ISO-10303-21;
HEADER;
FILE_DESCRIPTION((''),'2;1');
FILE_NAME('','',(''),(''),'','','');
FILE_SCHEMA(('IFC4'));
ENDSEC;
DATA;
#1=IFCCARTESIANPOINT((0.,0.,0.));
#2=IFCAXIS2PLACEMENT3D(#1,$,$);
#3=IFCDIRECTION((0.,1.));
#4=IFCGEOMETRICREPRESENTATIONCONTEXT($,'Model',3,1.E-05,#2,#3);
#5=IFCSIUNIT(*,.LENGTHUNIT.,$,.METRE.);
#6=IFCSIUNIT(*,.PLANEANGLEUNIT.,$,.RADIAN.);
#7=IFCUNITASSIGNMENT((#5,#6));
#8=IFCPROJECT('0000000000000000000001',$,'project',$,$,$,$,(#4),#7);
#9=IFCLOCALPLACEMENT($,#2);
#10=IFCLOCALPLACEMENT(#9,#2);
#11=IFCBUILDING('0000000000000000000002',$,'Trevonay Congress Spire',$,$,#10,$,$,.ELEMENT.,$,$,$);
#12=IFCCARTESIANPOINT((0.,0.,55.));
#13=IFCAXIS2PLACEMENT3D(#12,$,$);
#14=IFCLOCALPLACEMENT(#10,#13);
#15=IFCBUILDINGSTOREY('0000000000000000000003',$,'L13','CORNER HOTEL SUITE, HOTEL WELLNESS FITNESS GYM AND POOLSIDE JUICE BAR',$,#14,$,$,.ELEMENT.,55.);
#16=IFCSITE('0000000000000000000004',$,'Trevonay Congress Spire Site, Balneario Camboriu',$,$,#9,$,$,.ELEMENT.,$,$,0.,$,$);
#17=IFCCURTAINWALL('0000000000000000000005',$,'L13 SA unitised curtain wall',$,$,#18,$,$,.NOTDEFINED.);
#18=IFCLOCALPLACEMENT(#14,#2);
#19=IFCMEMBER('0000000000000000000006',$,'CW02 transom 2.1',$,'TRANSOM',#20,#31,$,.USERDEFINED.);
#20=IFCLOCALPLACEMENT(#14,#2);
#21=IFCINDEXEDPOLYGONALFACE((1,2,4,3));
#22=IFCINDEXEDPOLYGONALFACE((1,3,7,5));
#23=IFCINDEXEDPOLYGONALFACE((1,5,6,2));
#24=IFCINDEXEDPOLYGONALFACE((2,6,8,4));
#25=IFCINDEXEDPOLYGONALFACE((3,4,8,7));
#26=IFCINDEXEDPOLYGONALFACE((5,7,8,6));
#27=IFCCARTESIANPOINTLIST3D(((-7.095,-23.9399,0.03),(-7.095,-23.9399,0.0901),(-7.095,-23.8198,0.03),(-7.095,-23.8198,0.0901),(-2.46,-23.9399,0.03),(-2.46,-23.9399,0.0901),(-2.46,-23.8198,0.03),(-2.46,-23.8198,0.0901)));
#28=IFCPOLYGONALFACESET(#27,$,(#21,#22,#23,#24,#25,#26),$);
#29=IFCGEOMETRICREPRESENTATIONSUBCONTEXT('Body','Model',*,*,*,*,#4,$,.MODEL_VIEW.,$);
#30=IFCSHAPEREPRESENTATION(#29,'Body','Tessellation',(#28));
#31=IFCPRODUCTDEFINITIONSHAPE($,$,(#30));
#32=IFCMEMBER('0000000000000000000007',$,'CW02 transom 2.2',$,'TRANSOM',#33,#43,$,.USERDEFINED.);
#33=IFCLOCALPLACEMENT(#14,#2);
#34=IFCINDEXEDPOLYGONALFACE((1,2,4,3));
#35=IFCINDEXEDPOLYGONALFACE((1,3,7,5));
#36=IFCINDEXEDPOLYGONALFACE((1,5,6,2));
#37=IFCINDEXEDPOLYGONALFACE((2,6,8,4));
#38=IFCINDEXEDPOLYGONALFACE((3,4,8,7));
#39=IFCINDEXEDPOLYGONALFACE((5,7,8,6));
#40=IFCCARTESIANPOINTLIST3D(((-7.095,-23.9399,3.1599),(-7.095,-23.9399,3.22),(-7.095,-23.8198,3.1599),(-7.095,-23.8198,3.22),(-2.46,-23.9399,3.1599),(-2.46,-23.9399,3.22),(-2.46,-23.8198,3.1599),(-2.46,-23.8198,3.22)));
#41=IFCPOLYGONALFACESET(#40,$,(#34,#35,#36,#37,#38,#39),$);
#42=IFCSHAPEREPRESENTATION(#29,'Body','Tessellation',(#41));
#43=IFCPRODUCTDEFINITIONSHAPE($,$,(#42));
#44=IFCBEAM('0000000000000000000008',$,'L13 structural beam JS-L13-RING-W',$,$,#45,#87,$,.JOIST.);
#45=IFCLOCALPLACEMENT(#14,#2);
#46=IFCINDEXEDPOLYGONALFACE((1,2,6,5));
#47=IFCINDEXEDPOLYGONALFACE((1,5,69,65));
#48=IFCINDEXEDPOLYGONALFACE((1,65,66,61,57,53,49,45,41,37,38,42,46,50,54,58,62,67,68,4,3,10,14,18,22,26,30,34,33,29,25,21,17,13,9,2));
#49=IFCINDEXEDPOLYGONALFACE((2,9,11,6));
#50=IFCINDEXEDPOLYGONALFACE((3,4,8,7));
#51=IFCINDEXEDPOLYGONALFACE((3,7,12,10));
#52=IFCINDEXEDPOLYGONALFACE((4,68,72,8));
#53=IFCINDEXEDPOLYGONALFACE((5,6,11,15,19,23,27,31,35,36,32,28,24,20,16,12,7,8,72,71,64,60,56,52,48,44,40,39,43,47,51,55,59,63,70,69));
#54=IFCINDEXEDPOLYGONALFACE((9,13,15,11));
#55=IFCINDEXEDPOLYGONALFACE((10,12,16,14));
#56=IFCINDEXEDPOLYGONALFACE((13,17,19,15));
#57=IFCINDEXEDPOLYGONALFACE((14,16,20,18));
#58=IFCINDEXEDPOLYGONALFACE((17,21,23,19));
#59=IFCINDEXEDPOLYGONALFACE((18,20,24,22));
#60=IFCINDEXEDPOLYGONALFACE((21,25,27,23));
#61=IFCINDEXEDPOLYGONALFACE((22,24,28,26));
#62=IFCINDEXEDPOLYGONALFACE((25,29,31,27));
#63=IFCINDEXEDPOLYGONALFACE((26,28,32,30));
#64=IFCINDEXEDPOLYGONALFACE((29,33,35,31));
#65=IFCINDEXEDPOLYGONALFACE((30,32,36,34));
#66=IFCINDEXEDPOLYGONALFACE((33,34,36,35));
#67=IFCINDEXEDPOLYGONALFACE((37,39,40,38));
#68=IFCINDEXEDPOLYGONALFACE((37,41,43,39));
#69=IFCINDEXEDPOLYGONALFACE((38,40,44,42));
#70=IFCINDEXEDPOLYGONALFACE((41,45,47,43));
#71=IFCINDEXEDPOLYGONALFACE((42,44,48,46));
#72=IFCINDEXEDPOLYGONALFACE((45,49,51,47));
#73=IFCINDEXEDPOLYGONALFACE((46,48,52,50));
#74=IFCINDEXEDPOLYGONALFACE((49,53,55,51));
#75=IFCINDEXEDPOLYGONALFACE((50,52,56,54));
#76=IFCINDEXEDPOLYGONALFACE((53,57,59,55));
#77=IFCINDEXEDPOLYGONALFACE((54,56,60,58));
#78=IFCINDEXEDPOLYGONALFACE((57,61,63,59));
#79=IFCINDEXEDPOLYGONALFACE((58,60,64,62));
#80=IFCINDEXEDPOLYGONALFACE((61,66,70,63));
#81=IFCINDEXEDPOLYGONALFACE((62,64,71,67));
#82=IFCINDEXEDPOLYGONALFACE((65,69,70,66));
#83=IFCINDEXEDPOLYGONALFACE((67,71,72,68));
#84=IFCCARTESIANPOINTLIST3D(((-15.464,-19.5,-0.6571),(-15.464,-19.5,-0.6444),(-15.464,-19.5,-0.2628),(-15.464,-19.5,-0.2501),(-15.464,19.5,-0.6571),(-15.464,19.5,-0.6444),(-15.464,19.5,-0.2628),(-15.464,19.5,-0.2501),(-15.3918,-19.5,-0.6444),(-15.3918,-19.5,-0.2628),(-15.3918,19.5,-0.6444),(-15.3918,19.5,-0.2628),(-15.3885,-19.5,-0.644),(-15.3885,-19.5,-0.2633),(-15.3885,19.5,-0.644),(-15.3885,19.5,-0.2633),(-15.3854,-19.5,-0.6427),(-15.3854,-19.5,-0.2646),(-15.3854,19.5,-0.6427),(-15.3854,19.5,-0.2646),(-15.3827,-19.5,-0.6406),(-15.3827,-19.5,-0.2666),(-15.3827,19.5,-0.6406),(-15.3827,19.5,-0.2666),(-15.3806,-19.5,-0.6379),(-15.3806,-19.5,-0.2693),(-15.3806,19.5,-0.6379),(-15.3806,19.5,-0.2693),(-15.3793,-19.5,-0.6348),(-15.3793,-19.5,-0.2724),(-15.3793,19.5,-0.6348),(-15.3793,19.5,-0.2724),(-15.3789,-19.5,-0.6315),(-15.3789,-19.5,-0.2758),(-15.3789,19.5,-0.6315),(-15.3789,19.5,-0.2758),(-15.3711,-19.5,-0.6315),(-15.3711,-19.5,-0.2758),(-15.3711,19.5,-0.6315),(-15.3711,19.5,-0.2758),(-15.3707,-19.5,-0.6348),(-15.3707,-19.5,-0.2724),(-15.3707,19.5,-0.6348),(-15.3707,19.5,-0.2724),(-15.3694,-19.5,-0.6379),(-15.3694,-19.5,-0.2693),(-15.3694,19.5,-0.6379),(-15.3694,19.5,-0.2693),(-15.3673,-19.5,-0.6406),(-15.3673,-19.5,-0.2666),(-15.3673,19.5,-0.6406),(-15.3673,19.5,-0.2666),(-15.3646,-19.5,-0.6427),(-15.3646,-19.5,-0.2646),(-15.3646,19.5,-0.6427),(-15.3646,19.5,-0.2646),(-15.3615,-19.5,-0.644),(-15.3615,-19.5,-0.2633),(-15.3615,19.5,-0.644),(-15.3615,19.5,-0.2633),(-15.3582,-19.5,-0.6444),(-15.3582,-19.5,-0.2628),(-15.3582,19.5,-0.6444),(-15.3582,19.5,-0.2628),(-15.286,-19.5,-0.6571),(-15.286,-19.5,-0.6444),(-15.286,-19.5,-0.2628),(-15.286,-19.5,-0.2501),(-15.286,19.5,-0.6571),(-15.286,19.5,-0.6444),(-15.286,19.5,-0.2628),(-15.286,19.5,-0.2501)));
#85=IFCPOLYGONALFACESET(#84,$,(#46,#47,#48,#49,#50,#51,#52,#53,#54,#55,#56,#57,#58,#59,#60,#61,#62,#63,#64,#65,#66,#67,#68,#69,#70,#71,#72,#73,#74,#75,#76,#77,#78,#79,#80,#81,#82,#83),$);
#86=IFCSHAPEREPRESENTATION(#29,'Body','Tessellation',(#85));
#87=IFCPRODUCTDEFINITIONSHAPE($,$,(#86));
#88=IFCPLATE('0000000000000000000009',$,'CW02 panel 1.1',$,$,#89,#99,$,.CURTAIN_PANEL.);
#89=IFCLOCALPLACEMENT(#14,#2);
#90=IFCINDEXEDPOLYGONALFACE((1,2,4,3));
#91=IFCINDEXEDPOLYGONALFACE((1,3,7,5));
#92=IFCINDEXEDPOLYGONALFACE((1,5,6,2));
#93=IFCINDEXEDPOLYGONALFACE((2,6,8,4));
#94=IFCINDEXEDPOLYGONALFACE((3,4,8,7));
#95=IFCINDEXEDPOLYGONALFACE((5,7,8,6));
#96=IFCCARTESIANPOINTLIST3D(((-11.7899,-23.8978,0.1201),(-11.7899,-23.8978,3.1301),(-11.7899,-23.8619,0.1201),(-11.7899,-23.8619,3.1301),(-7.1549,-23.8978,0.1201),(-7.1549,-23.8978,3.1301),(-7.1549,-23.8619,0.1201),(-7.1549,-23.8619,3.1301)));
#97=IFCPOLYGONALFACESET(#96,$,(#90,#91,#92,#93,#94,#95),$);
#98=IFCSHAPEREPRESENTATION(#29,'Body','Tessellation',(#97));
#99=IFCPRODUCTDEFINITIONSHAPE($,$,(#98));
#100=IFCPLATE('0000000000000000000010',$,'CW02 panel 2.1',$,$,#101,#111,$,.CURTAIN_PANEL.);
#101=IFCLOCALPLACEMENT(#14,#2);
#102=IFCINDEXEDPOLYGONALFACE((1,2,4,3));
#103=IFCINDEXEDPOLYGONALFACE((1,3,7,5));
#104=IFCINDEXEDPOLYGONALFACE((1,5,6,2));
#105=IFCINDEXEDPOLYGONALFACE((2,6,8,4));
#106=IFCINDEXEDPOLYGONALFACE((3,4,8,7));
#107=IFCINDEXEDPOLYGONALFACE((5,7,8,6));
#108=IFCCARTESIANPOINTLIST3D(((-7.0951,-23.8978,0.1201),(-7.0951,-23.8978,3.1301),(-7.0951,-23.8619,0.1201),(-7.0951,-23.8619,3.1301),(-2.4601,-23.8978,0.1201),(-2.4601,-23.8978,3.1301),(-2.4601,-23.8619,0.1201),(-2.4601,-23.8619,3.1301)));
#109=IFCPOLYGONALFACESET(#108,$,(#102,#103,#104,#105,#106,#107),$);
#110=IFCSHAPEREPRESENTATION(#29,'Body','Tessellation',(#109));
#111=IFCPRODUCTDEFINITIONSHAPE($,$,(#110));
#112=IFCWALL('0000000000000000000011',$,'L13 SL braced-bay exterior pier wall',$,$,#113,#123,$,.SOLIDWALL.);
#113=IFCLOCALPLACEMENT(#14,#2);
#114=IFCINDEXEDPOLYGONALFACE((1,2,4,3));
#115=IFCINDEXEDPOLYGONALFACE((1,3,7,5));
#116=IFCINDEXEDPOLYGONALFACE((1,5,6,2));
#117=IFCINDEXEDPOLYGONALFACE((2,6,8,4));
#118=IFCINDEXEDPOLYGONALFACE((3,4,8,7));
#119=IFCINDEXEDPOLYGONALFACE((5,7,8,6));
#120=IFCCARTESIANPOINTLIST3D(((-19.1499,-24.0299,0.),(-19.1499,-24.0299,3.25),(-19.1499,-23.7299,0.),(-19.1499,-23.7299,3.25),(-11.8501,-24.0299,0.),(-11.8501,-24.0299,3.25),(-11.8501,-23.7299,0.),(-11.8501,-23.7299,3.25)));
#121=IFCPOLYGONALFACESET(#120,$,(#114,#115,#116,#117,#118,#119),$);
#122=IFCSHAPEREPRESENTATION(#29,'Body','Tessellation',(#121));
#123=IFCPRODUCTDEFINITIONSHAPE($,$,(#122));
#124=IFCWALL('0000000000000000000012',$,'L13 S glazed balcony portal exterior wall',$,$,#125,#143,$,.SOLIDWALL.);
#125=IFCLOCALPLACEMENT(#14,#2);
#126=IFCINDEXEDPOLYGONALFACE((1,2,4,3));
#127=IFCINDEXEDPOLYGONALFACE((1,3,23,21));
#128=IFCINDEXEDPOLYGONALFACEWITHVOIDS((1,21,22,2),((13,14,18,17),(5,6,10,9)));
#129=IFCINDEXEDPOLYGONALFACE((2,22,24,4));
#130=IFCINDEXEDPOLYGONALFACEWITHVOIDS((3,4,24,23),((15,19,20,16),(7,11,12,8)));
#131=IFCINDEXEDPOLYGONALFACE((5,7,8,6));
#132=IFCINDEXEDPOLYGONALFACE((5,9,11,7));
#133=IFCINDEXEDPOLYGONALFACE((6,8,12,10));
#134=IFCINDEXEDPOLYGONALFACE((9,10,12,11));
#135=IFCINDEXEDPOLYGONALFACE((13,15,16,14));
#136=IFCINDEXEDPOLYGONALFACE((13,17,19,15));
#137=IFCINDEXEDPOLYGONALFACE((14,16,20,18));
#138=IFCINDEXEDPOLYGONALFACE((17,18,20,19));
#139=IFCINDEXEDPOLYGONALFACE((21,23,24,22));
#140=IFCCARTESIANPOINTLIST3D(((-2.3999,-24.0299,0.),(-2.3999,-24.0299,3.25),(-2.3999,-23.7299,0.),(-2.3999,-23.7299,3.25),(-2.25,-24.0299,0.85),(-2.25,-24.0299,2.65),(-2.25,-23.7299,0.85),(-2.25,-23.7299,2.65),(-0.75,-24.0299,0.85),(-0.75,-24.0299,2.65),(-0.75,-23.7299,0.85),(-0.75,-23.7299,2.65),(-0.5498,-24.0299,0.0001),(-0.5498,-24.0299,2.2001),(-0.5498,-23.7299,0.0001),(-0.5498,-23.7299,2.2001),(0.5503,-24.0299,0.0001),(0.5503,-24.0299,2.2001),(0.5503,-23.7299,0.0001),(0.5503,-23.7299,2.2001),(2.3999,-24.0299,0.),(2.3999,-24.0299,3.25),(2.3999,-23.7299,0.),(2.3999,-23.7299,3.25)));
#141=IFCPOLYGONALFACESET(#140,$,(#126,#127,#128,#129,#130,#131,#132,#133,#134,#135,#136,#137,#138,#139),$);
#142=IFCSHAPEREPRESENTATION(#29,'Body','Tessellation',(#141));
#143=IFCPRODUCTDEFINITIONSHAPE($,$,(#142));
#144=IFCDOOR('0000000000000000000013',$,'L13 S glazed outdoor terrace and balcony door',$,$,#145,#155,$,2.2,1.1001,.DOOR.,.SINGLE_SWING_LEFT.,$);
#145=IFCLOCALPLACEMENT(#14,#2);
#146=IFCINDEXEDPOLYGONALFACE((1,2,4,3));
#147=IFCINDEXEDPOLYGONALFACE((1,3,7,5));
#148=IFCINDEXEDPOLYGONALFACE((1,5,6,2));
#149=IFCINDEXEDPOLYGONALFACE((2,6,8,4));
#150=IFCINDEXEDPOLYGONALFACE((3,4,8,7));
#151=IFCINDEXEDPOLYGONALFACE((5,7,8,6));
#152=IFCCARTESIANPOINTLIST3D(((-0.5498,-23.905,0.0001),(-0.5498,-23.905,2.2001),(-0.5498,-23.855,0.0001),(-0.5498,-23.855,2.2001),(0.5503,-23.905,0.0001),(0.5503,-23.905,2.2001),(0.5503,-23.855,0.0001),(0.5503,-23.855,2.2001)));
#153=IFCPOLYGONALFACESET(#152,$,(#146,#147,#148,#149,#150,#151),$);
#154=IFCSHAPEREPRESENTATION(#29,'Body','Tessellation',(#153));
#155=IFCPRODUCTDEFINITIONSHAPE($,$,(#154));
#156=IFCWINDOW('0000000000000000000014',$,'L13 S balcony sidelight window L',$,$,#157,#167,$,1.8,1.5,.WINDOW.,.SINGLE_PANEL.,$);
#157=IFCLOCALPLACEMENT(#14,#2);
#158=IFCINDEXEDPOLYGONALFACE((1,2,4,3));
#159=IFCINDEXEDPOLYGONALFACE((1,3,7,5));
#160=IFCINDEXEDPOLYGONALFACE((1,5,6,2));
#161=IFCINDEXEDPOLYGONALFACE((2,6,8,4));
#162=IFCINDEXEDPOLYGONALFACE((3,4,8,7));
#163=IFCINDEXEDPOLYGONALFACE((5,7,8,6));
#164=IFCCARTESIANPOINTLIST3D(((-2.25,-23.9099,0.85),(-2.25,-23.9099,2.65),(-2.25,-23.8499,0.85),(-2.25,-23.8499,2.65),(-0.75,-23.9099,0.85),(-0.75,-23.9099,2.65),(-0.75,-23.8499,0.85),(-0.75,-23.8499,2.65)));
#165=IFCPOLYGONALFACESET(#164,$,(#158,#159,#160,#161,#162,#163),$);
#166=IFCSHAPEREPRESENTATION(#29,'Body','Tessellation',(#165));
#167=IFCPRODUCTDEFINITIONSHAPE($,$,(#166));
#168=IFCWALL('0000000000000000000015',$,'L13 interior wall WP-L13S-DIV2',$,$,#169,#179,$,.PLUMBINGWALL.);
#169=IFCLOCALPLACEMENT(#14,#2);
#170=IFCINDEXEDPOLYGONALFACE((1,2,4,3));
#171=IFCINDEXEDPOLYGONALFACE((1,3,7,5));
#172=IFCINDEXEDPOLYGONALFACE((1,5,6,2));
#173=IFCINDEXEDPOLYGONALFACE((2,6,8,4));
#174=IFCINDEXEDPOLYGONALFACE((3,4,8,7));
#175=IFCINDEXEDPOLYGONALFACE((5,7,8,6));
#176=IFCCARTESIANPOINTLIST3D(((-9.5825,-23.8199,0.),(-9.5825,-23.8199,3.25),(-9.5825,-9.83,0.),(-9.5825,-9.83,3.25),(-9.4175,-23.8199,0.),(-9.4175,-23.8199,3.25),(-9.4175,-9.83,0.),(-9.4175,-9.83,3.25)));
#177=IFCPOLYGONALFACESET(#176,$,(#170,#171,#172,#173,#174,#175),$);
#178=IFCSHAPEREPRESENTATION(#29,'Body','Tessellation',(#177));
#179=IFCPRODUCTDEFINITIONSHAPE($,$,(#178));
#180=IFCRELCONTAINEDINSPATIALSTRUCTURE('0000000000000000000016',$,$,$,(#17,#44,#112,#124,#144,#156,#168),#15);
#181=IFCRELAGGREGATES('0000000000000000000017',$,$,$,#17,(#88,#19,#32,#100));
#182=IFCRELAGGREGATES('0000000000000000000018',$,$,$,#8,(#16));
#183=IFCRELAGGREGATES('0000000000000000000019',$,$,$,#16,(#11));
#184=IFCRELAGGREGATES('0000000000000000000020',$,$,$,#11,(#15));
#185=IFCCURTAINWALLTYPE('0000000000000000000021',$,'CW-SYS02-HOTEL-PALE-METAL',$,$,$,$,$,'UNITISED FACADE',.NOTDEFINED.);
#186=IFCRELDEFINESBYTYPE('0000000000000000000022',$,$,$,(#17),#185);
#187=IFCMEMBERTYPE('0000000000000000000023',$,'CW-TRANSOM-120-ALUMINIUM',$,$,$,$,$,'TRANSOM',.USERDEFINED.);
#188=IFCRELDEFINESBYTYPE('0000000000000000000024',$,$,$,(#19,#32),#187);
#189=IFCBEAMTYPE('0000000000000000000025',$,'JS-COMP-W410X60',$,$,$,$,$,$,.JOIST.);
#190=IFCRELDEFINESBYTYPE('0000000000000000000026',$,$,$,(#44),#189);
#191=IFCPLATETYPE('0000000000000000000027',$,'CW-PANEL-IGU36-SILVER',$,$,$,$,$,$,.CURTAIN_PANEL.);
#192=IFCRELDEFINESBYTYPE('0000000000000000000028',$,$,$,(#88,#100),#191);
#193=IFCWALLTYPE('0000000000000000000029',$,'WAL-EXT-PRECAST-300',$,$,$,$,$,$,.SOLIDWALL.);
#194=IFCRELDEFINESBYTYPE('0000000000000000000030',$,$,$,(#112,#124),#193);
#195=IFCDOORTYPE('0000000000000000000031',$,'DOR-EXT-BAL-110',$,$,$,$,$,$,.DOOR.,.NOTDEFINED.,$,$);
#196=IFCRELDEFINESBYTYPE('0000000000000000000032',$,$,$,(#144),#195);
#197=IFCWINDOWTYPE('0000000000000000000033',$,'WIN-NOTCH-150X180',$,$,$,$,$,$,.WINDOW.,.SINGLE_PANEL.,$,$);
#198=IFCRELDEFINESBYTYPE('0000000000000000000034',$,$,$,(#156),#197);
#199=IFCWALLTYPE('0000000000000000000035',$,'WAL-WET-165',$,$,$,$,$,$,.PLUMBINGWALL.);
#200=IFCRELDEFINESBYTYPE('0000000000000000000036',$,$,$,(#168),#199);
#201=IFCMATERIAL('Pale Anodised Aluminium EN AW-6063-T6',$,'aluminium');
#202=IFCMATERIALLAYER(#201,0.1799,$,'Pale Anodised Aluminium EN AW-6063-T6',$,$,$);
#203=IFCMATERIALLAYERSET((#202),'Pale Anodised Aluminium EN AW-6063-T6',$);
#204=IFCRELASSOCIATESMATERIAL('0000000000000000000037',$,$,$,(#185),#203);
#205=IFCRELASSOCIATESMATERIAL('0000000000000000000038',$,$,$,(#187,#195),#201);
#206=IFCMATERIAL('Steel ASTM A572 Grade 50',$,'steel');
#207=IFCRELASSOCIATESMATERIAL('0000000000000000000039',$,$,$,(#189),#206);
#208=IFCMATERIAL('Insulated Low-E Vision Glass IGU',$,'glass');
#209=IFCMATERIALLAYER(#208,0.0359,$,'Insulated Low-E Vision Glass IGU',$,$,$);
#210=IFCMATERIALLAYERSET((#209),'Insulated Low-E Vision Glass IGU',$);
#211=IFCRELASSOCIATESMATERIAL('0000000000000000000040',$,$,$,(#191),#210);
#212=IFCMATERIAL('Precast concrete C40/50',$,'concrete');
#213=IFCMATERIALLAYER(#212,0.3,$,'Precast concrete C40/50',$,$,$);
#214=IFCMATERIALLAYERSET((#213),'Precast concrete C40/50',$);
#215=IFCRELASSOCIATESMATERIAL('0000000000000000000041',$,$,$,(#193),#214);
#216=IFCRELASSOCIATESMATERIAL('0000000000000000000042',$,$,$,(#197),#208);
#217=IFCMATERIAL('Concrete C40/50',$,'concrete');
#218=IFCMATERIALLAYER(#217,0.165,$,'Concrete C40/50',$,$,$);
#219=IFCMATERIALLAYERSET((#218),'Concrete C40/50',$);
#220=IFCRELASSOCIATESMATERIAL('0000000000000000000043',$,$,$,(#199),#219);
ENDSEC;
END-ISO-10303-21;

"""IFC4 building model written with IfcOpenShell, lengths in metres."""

from ifc_helpers import new_model, si_unit, direction, frame, frame_2d, origin, origin_2d, place, context, subcontext, project, spatial, rectangle, i_section, extrude, material, layer, layer_set, material_profile, profile_set, type_object, element, fill, aggregate, save


model = new_model("IFC4")

# Units and contexts
model_context = context("Model", 3, precision=1e-05, world=origin(), true_north=direction((0.0, 1.0)))
body_context = subcontext(model_context, "Body", "Model", "MODEL_VIEW")
ifc_project = project(units=[si_unit("LENGTHUNIT", "METRE"), si_unit("PLANEANGLEUNIT", "RADIAN")], contexts=[model_context])

# Site, building, storey
site_placement = place(None, origin())
site = spatial("IfcSite", under=ifc_project, at=site_placement, Name="Trevonay Congress Spire Site, Balneario Camboriu", CompositionType="ELEMENT", RefElevation=0.0)
building_placement = place(site_placement, origin())
building = spatial("IfcBuilding", under=site, at=building_placement, Name="Trevonay Congress Spire", CompositionType="ELEMENT")
storey_placement = place(building_placement, frame((0.0, 0.0, 55.0)))
storey = spatial("IfcBuildingStorey", under=building, at=storey_placement, Name="L13", Description="CORNER HOTEL SUITE, HOTEL WELLNESS FITNESS GYM AND POOLSIDE JUICE BAR", CompositionType="ELEMENT", Elevation=55.0)

# Shared definitions
ifc_material_1 = material(Name="Steel ASTM A572 Grade 50", Category="steel")

# Curtain wall, members
ifc_material_2 = material(Name="Pale Anodised Aluminium EN AW-6063-T6", Category="aluminium")
ifc_layer_1 = layer(ifc_material_2, 0.1799, Name="Pale Anodised Aluminium EN AW-6063-T6")
ifc_layer_set_1 = layer_set([ifc_layer_1], Name="Pale Anodised Aluminium EN AW-6063-T6")
curtain_wall_type = type_object("IfcCurtainWallType", Name="CW-SYS02-HOTEL-PALE-METAL", ElementType="UNITISED FACADE", PredefinedType="NOTDEFINED", material=ifc_layer_set_1)
curtain_wall_placement = place(storey_placement, origin())
curtain_wall = element("IfcCurtainWall", 1, at=curtain_wall_placement, inside=storey, type_object=curtain_wall_type, Name="L13 SA unitised curtain wall", PredefinedType="NOTDEFINED")
ifc_material_profile_1 = material_profile(ifc_material_2, rectangle(XDim=0.1201, YDim=0.0601, at=origin_2d()), Name="CW-TRANSOM-120-ALUMINIUM")
ifc_profile_set_1 = profile_set([ifc_material_profile_1], Name="Pale Anodised Aluminium EN AW-6063-T6")
member_type_1 = type_object("IfcMemberType", Name="CW-TRANSOM-120-ALUMINIUM", ElementType="TRANSOM", PredefinedType="USERDEFINED", material=ifc_profile_set_1)
member_1_placement = place(storey_placement, frame((-7.095, -23.8799, 0.0601), z_axis=(1.0, 0.0, 0.0), x_axis=(0.0, 1.0, 0.0)))
member_1 = element("IfcMember", 2, at=member_1_placement, type_object=member_type_1, Name="CW02 transom 2.1", ObjectType="TRANSOM", PredefinedType="USERDEFINED", context=body_context, shape_type="SweptSolid", body=[
    extrude(rectangle(XDim=0.1201, YDim=0.0601, at=origin_2d()), origin(), (0.0, 0.0, 1.0), 4.635),
])
member_2_placement = place(storey_placement, frame((-7.095, -23.8799, 3.1899), z_axis=(1.0, 0.0, 0.0), x_axis=(0.0, 1.0, 0.0)))
member_2 = element("IfcMember", 3, at=member_2_placement, type_object=member_type_1, Name="CW02 transom 2.2", ObjectType="TRANSOM", PredefinedType="USERDEFINED", context=body_context, shape_type="SweptSolid", body=[
    extrude(rectangle(XDim=0.1201, YDim=0.0601, at=origin_2d()), origin(), (0.0, 0.0, 1.0), 4.635),
])

# Beam
ifc_material_profile_2 = material_profile(ifc_material_1, i_section(OverallWidth=0.178, OverallDepth=0.407, WebThickness=0.0078, FlangeThickness=0.0127, FilletRadius=0.0129, at=origin_2d()), Name="W410x60")
ifc_profile_set_2 = profile_set([ifc_material_profile_2], Name="Steel ASTM A572 Grade 50")
beam_type_1 = type_object("IfcBeamType", Name="JS-COMP-W410X60", PredefinedType="JOIST", material=ifc_profile_set_2)
beam_placement = place(storey_placement, frame((-15.375, -19.5, -0.4536), z_axis=(0.0, 1.0, 0.0), x_axis=(-1.0, 0.0, 0.0)))
element("IfcBeam", 4, at=beam_placement, inside=storey, type_object=beam_type_1, Name="L13 structural beam JS-L13-RING-W", PredefinedType="JOIST", context=body_context, shape_type="SweptSolid", body=[
    extrude(i_section(OverallWidth=0.178, OverallDepth=0.407, WebThickness=0.0078, FlangeThickness=0.0127, FilletRadius=0.0129, at=origin_2d()), origin(), (0.0, 0.0, 1.0), 39.0),
])

# Plates
ifc_material_3 = material(Name="Insulated Low-E Vision Glass IGU", Category="glass")
ifc_layer_2 = layer(ifc_material_3, 0.0359, Name="Insulated Low-E Vision Glass IGU")
ifc_layer_set_2 = layer_set([ifc_layer_2], Name="Insulated Low-E Vision Glass IGU")
plate_type = type_object("IfcPlateType", Name="CW-PANEL-IGU36-SILVER", PredefinedType="CURTAIN_PANEL", material=ifc_layer_set_2)
plate_1_placement = place(storey_placement, frame((-9.4724, -23.8799, 0.1201), z_axis=(0.0, 0.0, 1.0), x_axis=(1.0, 0.0, 0.0)))
plate_1 = element("IfcPlate", 5, at=plate_1_placement, type_object=plate_type, Name="CW02 panel 1.1", PredefinedType="CURTAIN_PANEL", context=body_context, shape_type="SweptSolid", body=[
    extrude(rectangle(XDim=4.635, YDim=0.0359, at=origin_2d()), origin(), (0.0, 0.0, 1.0), 3.01),
])
plate_2_placement = place(storey_placement, frame((-4.7776, -23.8799, 0.1201), z_axis=(0.0, 0.0, 1.0), x_axis=(1.0, 0.0, 0.0)))
plate_2 = element("IfcPlate", 6, at=plate_2_placement, type_object=plate_type, Name="CW02 panel 2.1", PredefinedType="CURTAIN_PANEL", context=body_context, shape_type="SweptSolid", body=[
    extrude(rectangle(XDim=4.635, YDim=0.0359, at=origin_2d()), origin(), (0.0, 0.0, 1.0), 3.01),
])
aggregate(curtain_wall, [plate_1, member_1, member_2, plate_2])

# Wall
ifc_material_4 = material(Name="Precast concrete C40/50", Category="concrete")
ifc_layer_3 = layer(ifc_material_4, 0.3, Name="Precast concrete C40/50")
ifc_layer_set_3 = layer_set([ifc_layer_3], Name="Precast concrete C40/50")
wall_type_1 = type_object("IfcWallType", Name="WAL-EXT-PRECAST-300", PredefinedType="SOLIDWALL", material=ifc_layer_set_3)
wall_1_placement = place(storey_placement, frame((-19.1499, -23.8799, 0.0), z_axis=(0.0, 0.0, 1.0), x_axis=(1.0, 0.0, 0.0)))
element("IfcWall", 7, at=wall_1_placement, inside=storey, type_object=wall_type_1, Name="L13 SL braced-bay exterior pier wall", PredefinedType="SOLIDWALL", context=body_context, shape_type="SweptSolid", body=[
    extrude(rectangle(XDim=7.2998, YDim=0.3, at=frame_2d((3.6499, 0.0))), origin(), (0.0, 0.0, 1.0), 3.25),
])

# Wall, openings, door, window
wall_2_placement = place(storey_placement, frame((-2.3999, -23.8799, 0.0), z_axis=(0.0, 0.0, 1.0), x_axis=(1.0, 0.0, 0.0)))
wall_2 = element("IfcWall", 8, at=wall_2_placement, inside=storey, type_object=wall_type_1, Name="L13 S glazed balcony portal exterior wall", PredefinedType="SOLIDWALL", context=body_context, shape_type="SweptSolid", body=[
    extrude(rectangle(XDim=4.7998, YDim=0.3, at=frame_2d((2.3999, 0.0))), origin(), (0.0, 0.0, 1.0), 3.25),
])
opening_1_placement = place(wall_2_placement, frame((1.8501, 0.0, 0.0)))
opening_1 = element("IfcOpeningElement", 9, at=opening_1_placement, cuts=wall_2, PredefinedType="OPENING", context=body_context, shape_type="SweptSolid", body=[
    extrude(rectangle(XDim=1.1001, YDim=2.2, at=frame_2d((0.55, 1.1001))), frame((0.0, 0.1602, 0.0), z_axis=(0.0, -1.0, 0.0), x_axis=(1.0, 0.0, 0.0)), (0.0, 0.0, 1.0), 0.3201),
])
opening_2_placement = place(wall_2_placement, frame((0.1499, 0.0, 0.8501)))
opening_2 = element("IfcOpeningElement", 10, at=opening_2_placement, cuts=wall_2, PredefinedType="OPENING", context=body_context, shape_type="SweptSolid", body=[
    extrude(rectangle(XDim=1.5, YDim=1.8, at=frame_2d((0.75, 0.8999))), frame((0.0, 0.1602, 0.0), z_axis=(0.0, -1.0, 0.0), x_axis=(1.0, 0.0, 0.0)), (0.0, 0.0, 1.0), 0.3201),
])
door_type = type_object("IfcDoorType", Name="DOR-EXT-BAL-110", OperationType="NOTDEFINED", PredefinedType="DOOR", material=ifc_material_2)
door_placement = place(opening_1_placement, origin())
door = element("IfcDoor", 11, at=door_placement, inside=storey, type_object=door_type, Name="L13 S glazed outdoor terrace and balcony door", OperationType="SINGLE_SWING_LEFT", OverallHeight=2.2, OverallWidth=1.1001, PredefinedType="DOOR", context=body_context, shape_type="SweptSolid", body=[
    extrude(rectangle(XDim=1.1001, YDim=2.2, at=frame_2d((0.55, 1.1001))), frame((0.0, 0.0249, 0.0), z_axis=(0.0, -1.0, 0.0), x_axis=(1.0, 0.0, 0.0)), (0.0, 0.0, 1.0), 0.05),
])
fill(opening_1, door)
window_type = type_object("IfcWindowType", Name="WIN-NOTCH-150X180", PartitioningType="SINGLE_PANEL", PredefinedType="WINDOW", material=ifc_material_3)
window_placement = place(opening_2_placement, origin())
window = element("IfcWindow", 12, at=window_placement, inside=storey, type_object=window_type, Name="L13 S balcony sidelight window L", OverallHeight=1.8, OverallWidth=1.5, PartitioningType="SINGLE_PANEL", PredefinedType="WINDOW", context=body_context, shape_type="SweptSolid", body=[
    extrude(rectangle(XDim=1.5, YDim=1.8, at=frame_2d((0.75, 0.8999))), frame((0.0, 0.03, 0.0), z_axis=(0.0, -1.0, 0.0), x_axis=(1.0, 0.0, 0.0)), (0.0, 0.0, 1.0), 0.0601),
])
fill(opening_2, window)

# Wall
ifc_material_5 = material(Name="Concrete C40/50", Category="concrete")
ifc_layer_4 = layer(ifc_material_5, 0.165, Name="Concrete C40/50")
ifc_layer_set_4 = layer_set([ifc_layer_4], Name="Concrete C40/50")
wall_type_2 = type_object("IfcWallType", Name="WAL-WET-165", PredefinedType="PLUMBINGWALL", material=ifc_layer_set_4)
wall_3_placement = place(storey_placement, frame((-9.5, -23.8201, 0.0), z_axis=(0.0, 0.0, 1.0), x_axis=(0.0, 1.0, 0.0)))
element("IfcWall", 13, at=wall_3_placement, inside=storey, type_object=wall_type_2, Name="L13 interior wall WP-L13S-DIV2", PredefinedType="PLUMBINGWALL", context=body_context, shape_type="SweptSolid", body=[
    extrude(rectangle(XDim=13.99, YDim=0.165, at=frame_2d((6.9951, 0.0))), origin(), (0.0, 0.0, 1.0), 3.25),
])

save(model, "model.ifc")
